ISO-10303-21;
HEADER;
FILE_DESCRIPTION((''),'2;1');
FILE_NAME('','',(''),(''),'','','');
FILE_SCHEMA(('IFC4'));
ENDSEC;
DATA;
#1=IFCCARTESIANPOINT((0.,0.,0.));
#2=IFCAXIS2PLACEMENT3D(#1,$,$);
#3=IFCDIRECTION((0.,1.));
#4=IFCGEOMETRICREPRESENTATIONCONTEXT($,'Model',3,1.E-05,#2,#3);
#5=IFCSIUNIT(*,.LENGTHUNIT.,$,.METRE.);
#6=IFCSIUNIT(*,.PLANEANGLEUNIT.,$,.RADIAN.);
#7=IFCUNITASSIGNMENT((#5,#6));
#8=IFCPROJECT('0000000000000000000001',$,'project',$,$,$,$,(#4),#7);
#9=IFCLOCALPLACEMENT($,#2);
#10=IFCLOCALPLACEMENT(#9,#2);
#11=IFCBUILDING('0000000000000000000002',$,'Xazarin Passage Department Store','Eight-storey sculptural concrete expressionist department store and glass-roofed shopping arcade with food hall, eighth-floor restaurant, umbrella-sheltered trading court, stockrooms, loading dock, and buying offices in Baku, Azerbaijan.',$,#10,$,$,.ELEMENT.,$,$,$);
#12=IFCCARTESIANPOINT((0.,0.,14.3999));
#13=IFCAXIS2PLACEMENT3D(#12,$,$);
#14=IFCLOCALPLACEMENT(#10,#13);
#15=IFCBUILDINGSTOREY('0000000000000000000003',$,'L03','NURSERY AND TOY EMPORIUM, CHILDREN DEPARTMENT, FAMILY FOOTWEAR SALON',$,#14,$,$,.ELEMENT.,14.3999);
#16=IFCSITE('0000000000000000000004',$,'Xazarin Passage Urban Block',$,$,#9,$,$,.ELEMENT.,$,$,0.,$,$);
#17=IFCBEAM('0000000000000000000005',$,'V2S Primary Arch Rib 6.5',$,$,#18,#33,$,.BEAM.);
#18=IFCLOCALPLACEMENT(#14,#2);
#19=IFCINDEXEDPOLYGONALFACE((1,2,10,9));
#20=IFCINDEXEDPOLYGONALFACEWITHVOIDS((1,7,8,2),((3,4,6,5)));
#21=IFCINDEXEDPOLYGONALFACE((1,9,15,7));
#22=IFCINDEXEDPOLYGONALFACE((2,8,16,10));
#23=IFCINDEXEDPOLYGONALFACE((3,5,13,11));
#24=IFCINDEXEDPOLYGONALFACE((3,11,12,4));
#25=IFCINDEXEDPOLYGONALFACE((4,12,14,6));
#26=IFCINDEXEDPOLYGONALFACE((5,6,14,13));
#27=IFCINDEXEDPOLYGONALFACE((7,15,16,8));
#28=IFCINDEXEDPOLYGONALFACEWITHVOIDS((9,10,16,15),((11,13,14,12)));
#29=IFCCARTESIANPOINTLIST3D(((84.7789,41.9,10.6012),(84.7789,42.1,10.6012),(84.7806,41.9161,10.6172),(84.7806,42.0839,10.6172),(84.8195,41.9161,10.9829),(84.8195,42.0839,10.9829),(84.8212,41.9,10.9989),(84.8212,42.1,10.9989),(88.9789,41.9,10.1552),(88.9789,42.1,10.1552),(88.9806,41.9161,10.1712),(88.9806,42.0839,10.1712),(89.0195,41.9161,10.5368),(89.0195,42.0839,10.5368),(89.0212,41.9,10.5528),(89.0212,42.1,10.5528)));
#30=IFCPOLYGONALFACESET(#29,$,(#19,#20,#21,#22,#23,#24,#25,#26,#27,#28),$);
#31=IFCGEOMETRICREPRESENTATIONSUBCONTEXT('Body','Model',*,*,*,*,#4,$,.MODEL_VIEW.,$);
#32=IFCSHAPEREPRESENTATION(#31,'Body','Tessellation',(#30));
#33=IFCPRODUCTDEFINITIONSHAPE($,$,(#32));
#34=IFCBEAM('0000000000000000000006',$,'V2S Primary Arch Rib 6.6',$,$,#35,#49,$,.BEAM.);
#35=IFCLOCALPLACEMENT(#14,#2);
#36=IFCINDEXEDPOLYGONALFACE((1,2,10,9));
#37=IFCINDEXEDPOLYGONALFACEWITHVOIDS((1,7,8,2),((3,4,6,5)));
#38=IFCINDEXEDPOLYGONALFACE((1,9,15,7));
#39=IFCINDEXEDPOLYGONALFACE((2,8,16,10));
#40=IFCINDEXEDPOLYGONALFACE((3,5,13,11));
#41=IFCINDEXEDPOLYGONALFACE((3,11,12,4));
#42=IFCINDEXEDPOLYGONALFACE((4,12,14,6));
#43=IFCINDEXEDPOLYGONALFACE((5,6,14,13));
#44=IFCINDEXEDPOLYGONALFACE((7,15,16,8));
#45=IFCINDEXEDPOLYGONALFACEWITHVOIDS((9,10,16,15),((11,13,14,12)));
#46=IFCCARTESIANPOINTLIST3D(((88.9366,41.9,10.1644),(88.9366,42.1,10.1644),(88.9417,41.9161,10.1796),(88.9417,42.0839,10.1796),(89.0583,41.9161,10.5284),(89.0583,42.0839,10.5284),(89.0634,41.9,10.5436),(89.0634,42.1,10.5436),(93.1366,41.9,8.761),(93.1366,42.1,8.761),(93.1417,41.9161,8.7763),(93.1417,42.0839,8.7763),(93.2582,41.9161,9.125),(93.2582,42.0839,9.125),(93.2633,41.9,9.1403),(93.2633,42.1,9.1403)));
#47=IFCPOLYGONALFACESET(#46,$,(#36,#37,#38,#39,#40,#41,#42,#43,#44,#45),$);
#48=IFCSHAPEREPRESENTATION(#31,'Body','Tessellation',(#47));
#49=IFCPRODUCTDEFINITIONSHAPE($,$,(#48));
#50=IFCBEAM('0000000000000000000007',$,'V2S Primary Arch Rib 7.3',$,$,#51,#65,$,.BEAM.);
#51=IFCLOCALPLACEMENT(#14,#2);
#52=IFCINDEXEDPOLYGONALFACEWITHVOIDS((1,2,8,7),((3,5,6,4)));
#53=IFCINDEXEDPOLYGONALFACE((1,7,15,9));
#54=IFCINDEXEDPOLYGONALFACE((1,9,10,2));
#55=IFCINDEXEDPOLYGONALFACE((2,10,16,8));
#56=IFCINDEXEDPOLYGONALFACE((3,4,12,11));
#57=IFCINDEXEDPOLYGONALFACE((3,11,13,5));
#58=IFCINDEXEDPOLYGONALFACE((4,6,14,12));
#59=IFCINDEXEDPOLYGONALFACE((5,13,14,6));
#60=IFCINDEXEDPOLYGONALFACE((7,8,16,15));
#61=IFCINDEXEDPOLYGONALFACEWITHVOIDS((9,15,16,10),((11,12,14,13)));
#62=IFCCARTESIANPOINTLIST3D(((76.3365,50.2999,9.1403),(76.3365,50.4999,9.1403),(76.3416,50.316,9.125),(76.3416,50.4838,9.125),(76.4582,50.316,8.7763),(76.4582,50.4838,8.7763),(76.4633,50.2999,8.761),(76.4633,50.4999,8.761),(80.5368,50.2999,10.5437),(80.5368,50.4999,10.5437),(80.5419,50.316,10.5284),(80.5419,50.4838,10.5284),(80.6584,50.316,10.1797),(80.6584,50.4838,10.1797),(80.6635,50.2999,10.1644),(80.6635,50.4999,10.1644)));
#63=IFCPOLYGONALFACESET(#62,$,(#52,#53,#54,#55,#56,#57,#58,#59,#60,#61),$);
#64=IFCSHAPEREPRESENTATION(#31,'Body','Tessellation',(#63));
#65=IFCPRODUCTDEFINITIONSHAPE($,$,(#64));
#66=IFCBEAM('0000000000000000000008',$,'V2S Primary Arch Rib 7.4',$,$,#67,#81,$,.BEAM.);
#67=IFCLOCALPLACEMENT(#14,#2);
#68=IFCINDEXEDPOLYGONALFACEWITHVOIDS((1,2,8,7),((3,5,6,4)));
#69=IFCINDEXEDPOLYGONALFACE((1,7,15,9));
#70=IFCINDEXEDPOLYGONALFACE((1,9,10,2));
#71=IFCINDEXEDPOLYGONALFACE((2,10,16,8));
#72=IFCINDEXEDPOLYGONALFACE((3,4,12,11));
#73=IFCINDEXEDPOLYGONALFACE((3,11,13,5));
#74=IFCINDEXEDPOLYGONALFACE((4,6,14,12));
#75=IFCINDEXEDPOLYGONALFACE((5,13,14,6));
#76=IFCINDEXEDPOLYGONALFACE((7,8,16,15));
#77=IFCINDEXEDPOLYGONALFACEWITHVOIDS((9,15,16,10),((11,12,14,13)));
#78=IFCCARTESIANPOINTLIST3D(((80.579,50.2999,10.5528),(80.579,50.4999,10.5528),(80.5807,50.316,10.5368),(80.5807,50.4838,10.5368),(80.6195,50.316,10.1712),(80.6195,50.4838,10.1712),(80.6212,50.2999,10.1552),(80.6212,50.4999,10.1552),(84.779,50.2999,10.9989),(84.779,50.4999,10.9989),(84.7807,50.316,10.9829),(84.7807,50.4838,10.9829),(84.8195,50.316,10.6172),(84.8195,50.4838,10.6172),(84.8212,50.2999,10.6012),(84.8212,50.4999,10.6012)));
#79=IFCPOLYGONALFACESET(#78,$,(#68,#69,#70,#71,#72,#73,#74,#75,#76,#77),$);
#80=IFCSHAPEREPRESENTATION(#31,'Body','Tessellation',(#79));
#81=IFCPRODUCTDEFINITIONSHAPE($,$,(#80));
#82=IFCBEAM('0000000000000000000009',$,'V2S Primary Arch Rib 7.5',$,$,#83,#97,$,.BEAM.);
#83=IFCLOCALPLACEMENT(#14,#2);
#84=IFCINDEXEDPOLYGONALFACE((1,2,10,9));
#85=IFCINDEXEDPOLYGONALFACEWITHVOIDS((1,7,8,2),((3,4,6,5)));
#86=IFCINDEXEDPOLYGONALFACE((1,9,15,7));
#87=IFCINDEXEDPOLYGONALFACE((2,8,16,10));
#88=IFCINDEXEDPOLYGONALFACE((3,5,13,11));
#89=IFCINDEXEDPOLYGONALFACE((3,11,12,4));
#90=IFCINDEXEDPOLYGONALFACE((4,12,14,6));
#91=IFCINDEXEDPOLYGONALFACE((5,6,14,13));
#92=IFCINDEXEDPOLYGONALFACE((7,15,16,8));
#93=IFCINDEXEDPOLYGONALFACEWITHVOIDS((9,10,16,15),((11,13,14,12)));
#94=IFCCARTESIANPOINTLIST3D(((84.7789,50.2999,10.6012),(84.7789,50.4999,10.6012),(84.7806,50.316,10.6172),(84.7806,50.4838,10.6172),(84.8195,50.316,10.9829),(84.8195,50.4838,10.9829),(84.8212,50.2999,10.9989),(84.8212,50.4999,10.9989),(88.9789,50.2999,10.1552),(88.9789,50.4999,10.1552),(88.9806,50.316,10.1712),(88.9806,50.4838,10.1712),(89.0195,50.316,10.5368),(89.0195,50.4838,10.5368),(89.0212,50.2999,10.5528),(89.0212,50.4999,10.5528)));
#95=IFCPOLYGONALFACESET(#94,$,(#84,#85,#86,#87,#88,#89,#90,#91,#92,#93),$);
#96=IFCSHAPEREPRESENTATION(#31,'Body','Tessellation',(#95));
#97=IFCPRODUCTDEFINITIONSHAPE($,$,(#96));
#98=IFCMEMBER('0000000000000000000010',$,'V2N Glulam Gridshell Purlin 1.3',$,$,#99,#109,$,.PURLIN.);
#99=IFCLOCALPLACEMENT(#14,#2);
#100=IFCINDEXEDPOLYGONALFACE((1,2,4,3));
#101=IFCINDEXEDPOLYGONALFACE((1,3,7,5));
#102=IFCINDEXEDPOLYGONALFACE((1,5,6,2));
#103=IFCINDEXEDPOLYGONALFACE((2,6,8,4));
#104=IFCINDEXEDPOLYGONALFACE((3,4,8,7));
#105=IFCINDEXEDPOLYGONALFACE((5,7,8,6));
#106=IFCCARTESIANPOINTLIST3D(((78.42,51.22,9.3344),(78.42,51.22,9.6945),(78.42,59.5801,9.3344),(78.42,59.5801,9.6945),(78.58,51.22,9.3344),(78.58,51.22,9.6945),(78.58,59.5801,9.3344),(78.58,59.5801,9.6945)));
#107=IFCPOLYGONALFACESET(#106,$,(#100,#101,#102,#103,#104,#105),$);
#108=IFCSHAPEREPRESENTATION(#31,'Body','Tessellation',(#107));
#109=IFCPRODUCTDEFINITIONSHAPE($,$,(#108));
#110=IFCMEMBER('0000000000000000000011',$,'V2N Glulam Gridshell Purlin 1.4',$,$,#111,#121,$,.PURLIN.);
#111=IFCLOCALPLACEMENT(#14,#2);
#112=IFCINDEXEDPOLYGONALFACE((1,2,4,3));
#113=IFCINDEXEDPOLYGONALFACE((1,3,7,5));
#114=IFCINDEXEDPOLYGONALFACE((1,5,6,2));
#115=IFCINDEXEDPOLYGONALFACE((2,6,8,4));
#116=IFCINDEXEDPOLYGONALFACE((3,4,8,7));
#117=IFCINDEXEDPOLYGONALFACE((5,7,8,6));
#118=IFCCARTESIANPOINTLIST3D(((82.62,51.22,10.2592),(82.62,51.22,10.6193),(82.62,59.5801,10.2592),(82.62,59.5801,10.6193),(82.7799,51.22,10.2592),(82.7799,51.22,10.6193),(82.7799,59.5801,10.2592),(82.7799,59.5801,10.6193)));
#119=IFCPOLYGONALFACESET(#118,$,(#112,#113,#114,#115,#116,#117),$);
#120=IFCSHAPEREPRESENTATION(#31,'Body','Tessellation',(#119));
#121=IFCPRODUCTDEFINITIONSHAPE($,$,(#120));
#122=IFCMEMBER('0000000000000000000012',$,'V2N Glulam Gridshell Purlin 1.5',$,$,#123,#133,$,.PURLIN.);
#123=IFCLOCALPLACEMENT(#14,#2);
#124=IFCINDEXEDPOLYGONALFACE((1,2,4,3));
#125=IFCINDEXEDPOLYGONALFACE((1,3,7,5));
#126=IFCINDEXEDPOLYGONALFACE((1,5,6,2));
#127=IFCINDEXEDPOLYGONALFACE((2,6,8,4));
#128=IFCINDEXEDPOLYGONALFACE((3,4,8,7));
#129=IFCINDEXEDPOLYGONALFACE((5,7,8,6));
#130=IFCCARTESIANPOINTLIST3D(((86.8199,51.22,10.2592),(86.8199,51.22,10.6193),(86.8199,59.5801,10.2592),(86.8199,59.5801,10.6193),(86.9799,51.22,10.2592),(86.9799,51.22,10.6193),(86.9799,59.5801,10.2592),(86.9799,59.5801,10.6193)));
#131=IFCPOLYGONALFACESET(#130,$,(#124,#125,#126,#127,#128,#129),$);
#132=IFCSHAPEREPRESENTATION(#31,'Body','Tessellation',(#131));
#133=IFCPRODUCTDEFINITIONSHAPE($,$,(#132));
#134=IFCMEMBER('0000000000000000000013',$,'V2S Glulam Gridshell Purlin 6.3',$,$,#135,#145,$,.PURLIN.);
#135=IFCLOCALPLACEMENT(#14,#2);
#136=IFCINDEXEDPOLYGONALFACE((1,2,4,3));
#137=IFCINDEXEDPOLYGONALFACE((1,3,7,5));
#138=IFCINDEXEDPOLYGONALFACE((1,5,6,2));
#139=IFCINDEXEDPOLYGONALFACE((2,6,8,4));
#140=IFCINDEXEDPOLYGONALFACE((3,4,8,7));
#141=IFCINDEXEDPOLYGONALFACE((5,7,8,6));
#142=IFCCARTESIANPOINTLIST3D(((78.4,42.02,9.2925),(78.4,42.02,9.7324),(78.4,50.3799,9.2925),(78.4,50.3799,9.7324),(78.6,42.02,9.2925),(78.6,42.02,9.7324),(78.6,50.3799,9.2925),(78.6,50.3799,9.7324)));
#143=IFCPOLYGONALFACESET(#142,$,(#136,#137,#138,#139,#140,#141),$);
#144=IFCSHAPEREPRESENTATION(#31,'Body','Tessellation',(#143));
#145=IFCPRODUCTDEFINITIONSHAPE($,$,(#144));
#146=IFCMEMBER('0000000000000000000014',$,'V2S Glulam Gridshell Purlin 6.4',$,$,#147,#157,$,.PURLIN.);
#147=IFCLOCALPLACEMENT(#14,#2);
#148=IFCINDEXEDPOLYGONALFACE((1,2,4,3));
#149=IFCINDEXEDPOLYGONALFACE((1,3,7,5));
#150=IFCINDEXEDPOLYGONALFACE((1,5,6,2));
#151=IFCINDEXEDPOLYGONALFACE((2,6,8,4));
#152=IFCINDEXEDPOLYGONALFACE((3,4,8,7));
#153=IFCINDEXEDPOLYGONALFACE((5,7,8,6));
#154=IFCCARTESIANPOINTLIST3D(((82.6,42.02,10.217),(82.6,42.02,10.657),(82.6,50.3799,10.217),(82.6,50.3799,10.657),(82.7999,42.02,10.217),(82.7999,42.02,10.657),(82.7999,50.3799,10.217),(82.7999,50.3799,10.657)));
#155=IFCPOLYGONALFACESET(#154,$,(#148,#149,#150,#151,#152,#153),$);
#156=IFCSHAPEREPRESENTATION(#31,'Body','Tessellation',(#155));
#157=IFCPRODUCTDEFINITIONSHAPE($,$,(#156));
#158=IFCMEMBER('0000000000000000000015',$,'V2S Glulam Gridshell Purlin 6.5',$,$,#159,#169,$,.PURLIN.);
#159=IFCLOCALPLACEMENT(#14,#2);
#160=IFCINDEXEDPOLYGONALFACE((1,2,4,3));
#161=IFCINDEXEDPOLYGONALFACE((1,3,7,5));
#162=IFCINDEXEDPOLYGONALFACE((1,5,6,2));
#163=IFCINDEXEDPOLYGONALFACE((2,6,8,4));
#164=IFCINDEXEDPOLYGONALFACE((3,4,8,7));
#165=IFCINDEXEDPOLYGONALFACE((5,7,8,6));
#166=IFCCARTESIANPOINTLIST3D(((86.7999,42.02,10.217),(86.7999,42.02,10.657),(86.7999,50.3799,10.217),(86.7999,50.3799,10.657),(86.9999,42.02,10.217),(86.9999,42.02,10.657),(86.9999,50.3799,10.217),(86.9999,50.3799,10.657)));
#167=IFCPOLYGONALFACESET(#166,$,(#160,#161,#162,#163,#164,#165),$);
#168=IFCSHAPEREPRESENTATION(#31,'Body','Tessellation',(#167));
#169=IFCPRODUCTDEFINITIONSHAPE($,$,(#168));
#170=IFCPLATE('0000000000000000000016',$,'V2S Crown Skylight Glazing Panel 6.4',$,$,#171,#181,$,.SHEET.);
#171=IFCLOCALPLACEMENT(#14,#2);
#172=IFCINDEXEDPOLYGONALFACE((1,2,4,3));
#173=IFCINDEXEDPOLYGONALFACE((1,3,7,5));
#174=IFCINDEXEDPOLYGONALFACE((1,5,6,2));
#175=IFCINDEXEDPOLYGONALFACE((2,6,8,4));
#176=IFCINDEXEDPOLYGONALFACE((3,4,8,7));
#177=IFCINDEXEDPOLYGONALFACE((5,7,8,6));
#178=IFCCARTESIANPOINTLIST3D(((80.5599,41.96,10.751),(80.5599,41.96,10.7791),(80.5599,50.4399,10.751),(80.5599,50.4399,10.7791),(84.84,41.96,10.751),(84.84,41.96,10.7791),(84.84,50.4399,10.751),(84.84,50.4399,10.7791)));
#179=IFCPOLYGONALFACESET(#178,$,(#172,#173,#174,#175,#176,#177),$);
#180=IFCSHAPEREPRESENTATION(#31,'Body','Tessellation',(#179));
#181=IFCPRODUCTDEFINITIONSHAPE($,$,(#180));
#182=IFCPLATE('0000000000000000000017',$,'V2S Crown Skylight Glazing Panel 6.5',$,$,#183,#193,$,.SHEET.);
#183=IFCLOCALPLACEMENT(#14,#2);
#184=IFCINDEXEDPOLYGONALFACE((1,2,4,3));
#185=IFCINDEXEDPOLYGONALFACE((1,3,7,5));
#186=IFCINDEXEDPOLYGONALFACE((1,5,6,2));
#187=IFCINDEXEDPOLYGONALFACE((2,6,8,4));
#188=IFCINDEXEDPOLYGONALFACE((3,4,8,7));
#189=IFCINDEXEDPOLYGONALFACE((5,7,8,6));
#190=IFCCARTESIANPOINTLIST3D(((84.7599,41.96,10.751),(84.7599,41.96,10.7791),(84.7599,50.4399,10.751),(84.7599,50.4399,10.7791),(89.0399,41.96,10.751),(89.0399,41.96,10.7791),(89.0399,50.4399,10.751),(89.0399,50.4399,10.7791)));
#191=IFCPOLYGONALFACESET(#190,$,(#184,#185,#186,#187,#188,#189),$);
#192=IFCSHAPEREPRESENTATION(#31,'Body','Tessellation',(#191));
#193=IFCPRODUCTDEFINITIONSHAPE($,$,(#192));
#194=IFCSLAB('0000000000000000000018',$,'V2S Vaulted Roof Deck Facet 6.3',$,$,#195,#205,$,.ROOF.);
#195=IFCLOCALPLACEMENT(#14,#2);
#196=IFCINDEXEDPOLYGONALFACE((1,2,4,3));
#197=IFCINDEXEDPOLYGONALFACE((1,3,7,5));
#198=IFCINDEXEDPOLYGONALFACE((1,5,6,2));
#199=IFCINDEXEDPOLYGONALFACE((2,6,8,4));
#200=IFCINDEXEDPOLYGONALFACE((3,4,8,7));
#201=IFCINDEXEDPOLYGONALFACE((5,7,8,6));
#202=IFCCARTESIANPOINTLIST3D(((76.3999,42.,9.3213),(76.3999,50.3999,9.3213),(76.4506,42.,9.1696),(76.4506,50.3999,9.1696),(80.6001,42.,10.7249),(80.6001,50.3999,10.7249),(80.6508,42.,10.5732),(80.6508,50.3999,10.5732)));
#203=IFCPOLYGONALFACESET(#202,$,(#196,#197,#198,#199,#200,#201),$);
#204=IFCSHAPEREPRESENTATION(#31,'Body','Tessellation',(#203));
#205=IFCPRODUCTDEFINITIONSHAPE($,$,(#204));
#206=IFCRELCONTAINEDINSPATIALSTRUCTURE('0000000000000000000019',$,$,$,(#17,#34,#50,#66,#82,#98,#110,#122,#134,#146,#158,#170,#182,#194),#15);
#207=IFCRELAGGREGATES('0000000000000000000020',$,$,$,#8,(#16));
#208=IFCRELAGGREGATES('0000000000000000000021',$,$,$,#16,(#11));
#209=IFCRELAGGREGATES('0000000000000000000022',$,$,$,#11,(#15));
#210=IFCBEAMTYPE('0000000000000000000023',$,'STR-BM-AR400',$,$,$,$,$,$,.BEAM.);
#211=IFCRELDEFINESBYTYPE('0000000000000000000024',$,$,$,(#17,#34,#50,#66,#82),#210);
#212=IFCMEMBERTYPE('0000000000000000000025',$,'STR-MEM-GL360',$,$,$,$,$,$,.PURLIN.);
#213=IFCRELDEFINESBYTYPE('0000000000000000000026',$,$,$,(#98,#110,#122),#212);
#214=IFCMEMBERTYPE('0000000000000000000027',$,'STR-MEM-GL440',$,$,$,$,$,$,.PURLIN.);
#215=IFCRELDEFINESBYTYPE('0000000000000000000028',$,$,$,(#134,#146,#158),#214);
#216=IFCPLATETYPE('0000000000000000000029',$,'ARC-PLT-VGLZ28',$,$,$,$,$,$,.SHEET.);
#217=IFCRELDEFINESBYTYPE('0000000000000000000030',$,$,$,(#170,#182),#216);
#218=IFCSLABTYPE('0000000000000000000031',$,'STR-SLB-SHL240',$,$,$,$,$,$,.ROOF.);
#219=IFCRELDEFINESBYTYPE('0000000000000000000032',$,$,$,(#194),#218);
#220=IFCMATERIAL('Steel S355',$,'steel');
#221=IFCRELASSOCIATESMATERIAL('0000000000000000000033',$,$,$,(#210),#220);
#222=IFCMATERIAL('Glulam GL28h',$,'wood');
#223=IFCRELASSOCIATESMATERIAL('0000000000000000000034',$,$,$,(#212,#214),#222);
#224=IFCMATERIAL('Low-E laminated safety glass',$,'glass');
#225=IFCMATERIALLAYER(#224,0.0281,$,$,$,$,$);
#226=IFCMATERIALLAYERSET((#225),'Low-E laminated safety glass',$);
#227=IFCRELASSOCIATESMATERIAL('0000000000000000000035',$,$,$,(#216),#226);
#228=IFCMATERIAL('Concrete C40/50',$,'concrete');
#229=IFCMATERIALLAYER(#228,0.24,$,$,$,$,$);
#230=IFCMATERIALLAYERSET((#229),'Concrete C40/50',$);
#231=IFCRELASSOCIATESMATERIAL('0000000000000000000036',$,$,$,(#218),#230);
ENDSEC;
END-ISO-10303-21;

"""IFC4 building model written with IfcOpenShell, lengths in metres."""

from ifc_helpers import new_model, si_unit, direction, frame, origin, origin_2d, place, context, subcontext, project, spatial, polyline, rectangle, hollow_rectangle, outline, extrude, material, layer, layer_set, material_profile, profile_set, type_object, element, save


model = new_model("IFC4")

# Units and contexts
model_context = context("Model", 3, precision=1e-05, world=origin(), true_north=direction((0.0, 1.0)))
body_context = subcontext(model_context, "Body", "Model", "MODEL_VIEW")
ifc_project = project(units=[si_unit("LENGTHUNIT", "METRE"), si_unit("PLANEANGLEUNIT", "RADIAN")], contexts=[model_context])

# Site, building, storey
site_placement = place(None, origin())
site = spatial("IfcSite", under=ifc_project, at=site_placement, Name="Xazarin Passage Urban Block", CompositionType="ELEMENT", RefElevation=0.0)
building_placement = place(site_placement, origin())
building = spatial("IfcBuilding", under=site, at=building_placement, Name="Xazarin Passage Department Store", Description="Eight-storey sculptural concrete expressionist department store and glass-roofed shopping arcade with food hall, eighth-floor restaurant, umbrella-sheltered trading court, stockrooms, loading dock, and buying offices in Baku, Azerbaijan.", CompositionType="ELEMENT")
storey_placement = place(building_placement, frame((0.0, 0.0, 14.3999)))
storey = spatial("IfcBuildingStorey", under=building, at=storey_placement, Name="L03", Description="NURSERY AND TOY EMPORIUM, CHILDREN DEPARTMENT, FAMILY FOOTWEAR SALON", CompositionType="ELEMENT", Elevation=14.3999)

# Beams
ifc_material_1 = material(Name="Steel S355", Category="steel")
ifc_material_profile_1 = material_profile(ifc_material_1, hollow_rectangle(XDim=0.2, YDim=0.3999, WallThickness=0.0161, at=origin_2d()), Name="RHS 400x200x16")
ifc_profile_set_1 = profile_set([ifc_material_profile_1], Name="Steel S355")
beam_type_1 = type_object("IfcBeamType", Name="STR-BM-AR400", PredefinedType="BEAM", material=ifc_profile_set_1)
for number, where, z_axis, x_axis, name in (
    (1, (84.8, 42.0, 10.8), (0.994408, 0.0, -0.105608), (0.0, 1.0, 0.0), "V2S Primary Arch Rib 6.5"),
):
    element("IfcBeam", number, at=place(storey_placement, frame(where, z_axis=z_axis, x_axis=x_axis)), inside=storey, type_object=beam_type_1, Name=name, PredefinedType="BEAM", context=body_context, shape_type="SweptSolid", body=[
        extrude(hollow_rectangle(XDim=0.2, YDim=0.3999, WallThickness=0.0161, at=origin_2d()), origin(), (0.0, 0.0, 1.0), 4.2236),
    ])
beam_1_placement = place(storey_placement, frame((89.0, 42.0, 10.354), z_axis=(0.948457, 0.0, -0.316906), x_axis=(0.0, 1.0, 0.0)))
element("IfcBeam", 2, at=beam_1_placement, inside=storey, type_object=beam_type_1, Name="V2S Primary Arch Rib 6.6", PredefinedType="BEAM", context=body_context, shape_type="SweptSolid", body=[
    extrude(hollow_rectangle(XDim=0.2, YDim=0.3999, WallThickness=0.0161, at=origin_2d()), origin(), (0.0, 0.0, 1.0), 4.4282),
])
beam_2_placement = place(storey_placement, frame((76.3999, 50.3999, 8.9507), z_axis=(0.948463, 0.0, 0.316889), x_axis=(0.0, 1.0, 0.0)))
element("IfcBeam", 3, at=beam_2_placement, inside=storey, type_object=beam_type_1, Name="V2S Primary Arch Rib 7.3", PredefinedType="BEAM", context=body_context, shape_type="SweptSolid", body=[
    extrude(hollow_rectangle(XDim=0.2, YDim=0.3999, WallThickness=0.0161, at=origin_2d()), origin(), (0.0, 0.0, 1.0), 4.4285),
])
for number, where, z_axis, x_axis, name in (
    (4, (80.6001, 50.3999, 10.354), (0.994408, 0.0, 0.105608), (0.0, 1.0, 0.0), "V2S Primary Arch Rib 7.4"),
    (5, (84.8, 50.3999, 10.8), (0.994408, 0.0, -0.105608), (0.0, 1.0, 0.0), "V2S Primary Arch Rib 7.5"),
):
    element("IfcBeam", number, at=place(storey_placement, frame(where, z_axis=z_axis, x_axis=x_axis)), inside=storey, type_object=beam_type_1, Name=name, PredefinedType="BEAM", context=body_context, shape_type="SweptSolid", body=[
        extrude(hollow_rectangle(XDim=0.2, YDim=0.3999, WallThickness=0.0161, at=origin_2d()), origin(), (0.0, 0.0, 1.0), 4.2236),
    ])

# Members
ifc_material_2 = material(Name="Glulam GL28h", Category="wood")
ifc_material_profile_2 = material_profile(ifc_material_2, rectangle(XDim=0.1599, YDim=0.3601, at=origin_2d()), Name="GL28h 160x360")
ifc_profile_set_2 = profile_set([ifc_material_profile_2], Name="Glulam GL28h")
member_type_1 = type_object("IfcMemberType", Name="STR-MEM-GL360", PredefinedType="PURLIN", material=ifc_profile_set_2)
for number, where, z_axis, x_axis, name in (
    (6, (78.5, 51.22, 9.5144), (0.0, 1.0, 0.0), (-1.0, 0.0, 0.0), "V2N Glulam Gridshell Purlin 1.3"),
    (7, (82.7, 51.22, 10.4392), (0.0, 1.0, 0.0), (-1.0, 0.0, 0.0), "V2N Glulam Gridshell Purlin 1.4"),
    (8, (86.8999, 51.22, 10.4392), (0.0, 1.0, 0.0), (-1.0, 0.0, 0.0), "V2N Glulam Gridshell Purlin 1.5"),
):
    element("IfcMember", number, at=place(storey_placement, frame(where, z_axis=z_axis, x_axis=x_axis)), inside=storey, type_object=member_type_1, Name=name, PredefinedType="PURLIN", context=body_context, shape_type="SweptSolid", body=[
        extrude(rectangle(XDim=0.1599, YDim=0.3601, at=origin_2d()), origin(), (0.0, 0.0, 1.0), 8.3601),
    ])
ifc_material_profile_3 = material_profile(ifc_material_2, rectangle(XDim=0.2, YDim=0.4399, at=origin_2d()), Name="GL28h 200x440")
ifc_profile_set_3 = profile_set([ifc_material_profile_3], Name="Glulam GL28h")
member_type_2 = type_object("IfcMemberType", Name="STR-MEM-GL440", PredefinedType="PURLIN", material=ifc_profile_set_3)
for number, where, z_axis, x_axis, name in (
    (9, (78.5, 42.02, 9.5125), (0.0, 1.0, 0.0), (-1.0, 0.0, 0.0), "V2S Glulam Gridshell Purlin 6.3"),
    (10, (82.7, 42.02, 10.437), (0.0, 1.0, 0.0), (-1.0, 0.0, 0.0), "V2S Glulam Gridshell Purlin 6.4"),
    (11, (86.8999, 42.02, 10.437), (0.0, 1.0, 0.0), (-1.0, 0.0, 0.0), "V2S Glulam Gridshell Purlin 6.5"),
):
    element("IfcMember", number, at=place(storey_placement, frame(where, z_axis=z_axis, x_axis=x_axis)), inside=storey, type_object=member_type_2, Name=name, PredefinedType="PURLIN", context=body_context, shape_type="SweptSolid", body=[
        extrude(rectangle(XDim=0.2, YDim=0.4399, at=origin_2d()), origin(), (0.0, 0.0, 1.0), 8.3599),
    ])

# Plates
ifc_material_3 = material(Name="Low-E laminated safety glass", Category="glass")
ifc_layer_1 = layer(ifc_material_3, 0.0281)
ifc_layer_set_1 = layer_set([ifc_layer_1], Name="Low-E laminated safety glass")
plate_type = type_object("IfcPlateType", Name="ARC-PLT-VGLZ28", PredefinedType="SHEET", material=ifc_layer_set_1)
for number, where, z_axis, x_axis, name in (
    (12, (82.7, 46.2, 10.751), (0.0, 0.0, 1.0), (1.0, 0.0, 0.0), "V2S Crown Skylight Glazing Panel 6.4"),
    (13, (86.8999, 46.2, 10.751), (0.0, 0.0, 1.0), (1.0, 0.0, 0.0), "V2S Crown Skylight Glazing Panel 6.5"),
):
    element("IfcPlate", number, at=place(storey_placement, frame(where, z_axis=z_axis, x_axis=x_axis)), inside=storey, type_object=plate_type, Name=name, PredefinedType="SHEET", context=body_context, shape_type="SweptSolid", body=[
        extrude(rectangle(XDim=4.28, YDim=8.48, at=origin_2d()), origin(), (0.0, 0.0, 1.0), 0.0281),
    ])

# Slab
ifc_material_4 = material(Name="Concrete C40/50", Category="concrete")
ifc_layer_2 = layer(ifc_material_4, 0.24)
ifc_layer_set_2 = layer_set([ifc_layer_2], Name="Concrete C40/50")
slab_type = type_object("IfcSlabType", Name="STR-SLB-SHL240", PredefinedType="ROOF", material=ifc_layer_set_2)
slab_1_placement = place(storey_placement, frame((76.3999, 42.0, 9.3213), z_axis=(-0.316939, 0.0, 0.948446), x_axis=(0.948446, 0.0, 0.316939)))
element("IfcSlab", 14, at=slab_1_placement, inside=storey, type_object=slab_type, Name="V2S Vaulted Roof Deck Facet 6.3", PredefinedType="ROOF", context=body_context, shape_type="SweptSolid", body=[
    extrude(outline(polyline([(0.0, 0.0), (4.4285, 0.0), (4.4285, 8.3999), (0.0, 8.3999), (0.0, 0.0)])), origin(), (0.0, 0.0, -1.0), 0.1599),
])

save(model, "model.ifc")
